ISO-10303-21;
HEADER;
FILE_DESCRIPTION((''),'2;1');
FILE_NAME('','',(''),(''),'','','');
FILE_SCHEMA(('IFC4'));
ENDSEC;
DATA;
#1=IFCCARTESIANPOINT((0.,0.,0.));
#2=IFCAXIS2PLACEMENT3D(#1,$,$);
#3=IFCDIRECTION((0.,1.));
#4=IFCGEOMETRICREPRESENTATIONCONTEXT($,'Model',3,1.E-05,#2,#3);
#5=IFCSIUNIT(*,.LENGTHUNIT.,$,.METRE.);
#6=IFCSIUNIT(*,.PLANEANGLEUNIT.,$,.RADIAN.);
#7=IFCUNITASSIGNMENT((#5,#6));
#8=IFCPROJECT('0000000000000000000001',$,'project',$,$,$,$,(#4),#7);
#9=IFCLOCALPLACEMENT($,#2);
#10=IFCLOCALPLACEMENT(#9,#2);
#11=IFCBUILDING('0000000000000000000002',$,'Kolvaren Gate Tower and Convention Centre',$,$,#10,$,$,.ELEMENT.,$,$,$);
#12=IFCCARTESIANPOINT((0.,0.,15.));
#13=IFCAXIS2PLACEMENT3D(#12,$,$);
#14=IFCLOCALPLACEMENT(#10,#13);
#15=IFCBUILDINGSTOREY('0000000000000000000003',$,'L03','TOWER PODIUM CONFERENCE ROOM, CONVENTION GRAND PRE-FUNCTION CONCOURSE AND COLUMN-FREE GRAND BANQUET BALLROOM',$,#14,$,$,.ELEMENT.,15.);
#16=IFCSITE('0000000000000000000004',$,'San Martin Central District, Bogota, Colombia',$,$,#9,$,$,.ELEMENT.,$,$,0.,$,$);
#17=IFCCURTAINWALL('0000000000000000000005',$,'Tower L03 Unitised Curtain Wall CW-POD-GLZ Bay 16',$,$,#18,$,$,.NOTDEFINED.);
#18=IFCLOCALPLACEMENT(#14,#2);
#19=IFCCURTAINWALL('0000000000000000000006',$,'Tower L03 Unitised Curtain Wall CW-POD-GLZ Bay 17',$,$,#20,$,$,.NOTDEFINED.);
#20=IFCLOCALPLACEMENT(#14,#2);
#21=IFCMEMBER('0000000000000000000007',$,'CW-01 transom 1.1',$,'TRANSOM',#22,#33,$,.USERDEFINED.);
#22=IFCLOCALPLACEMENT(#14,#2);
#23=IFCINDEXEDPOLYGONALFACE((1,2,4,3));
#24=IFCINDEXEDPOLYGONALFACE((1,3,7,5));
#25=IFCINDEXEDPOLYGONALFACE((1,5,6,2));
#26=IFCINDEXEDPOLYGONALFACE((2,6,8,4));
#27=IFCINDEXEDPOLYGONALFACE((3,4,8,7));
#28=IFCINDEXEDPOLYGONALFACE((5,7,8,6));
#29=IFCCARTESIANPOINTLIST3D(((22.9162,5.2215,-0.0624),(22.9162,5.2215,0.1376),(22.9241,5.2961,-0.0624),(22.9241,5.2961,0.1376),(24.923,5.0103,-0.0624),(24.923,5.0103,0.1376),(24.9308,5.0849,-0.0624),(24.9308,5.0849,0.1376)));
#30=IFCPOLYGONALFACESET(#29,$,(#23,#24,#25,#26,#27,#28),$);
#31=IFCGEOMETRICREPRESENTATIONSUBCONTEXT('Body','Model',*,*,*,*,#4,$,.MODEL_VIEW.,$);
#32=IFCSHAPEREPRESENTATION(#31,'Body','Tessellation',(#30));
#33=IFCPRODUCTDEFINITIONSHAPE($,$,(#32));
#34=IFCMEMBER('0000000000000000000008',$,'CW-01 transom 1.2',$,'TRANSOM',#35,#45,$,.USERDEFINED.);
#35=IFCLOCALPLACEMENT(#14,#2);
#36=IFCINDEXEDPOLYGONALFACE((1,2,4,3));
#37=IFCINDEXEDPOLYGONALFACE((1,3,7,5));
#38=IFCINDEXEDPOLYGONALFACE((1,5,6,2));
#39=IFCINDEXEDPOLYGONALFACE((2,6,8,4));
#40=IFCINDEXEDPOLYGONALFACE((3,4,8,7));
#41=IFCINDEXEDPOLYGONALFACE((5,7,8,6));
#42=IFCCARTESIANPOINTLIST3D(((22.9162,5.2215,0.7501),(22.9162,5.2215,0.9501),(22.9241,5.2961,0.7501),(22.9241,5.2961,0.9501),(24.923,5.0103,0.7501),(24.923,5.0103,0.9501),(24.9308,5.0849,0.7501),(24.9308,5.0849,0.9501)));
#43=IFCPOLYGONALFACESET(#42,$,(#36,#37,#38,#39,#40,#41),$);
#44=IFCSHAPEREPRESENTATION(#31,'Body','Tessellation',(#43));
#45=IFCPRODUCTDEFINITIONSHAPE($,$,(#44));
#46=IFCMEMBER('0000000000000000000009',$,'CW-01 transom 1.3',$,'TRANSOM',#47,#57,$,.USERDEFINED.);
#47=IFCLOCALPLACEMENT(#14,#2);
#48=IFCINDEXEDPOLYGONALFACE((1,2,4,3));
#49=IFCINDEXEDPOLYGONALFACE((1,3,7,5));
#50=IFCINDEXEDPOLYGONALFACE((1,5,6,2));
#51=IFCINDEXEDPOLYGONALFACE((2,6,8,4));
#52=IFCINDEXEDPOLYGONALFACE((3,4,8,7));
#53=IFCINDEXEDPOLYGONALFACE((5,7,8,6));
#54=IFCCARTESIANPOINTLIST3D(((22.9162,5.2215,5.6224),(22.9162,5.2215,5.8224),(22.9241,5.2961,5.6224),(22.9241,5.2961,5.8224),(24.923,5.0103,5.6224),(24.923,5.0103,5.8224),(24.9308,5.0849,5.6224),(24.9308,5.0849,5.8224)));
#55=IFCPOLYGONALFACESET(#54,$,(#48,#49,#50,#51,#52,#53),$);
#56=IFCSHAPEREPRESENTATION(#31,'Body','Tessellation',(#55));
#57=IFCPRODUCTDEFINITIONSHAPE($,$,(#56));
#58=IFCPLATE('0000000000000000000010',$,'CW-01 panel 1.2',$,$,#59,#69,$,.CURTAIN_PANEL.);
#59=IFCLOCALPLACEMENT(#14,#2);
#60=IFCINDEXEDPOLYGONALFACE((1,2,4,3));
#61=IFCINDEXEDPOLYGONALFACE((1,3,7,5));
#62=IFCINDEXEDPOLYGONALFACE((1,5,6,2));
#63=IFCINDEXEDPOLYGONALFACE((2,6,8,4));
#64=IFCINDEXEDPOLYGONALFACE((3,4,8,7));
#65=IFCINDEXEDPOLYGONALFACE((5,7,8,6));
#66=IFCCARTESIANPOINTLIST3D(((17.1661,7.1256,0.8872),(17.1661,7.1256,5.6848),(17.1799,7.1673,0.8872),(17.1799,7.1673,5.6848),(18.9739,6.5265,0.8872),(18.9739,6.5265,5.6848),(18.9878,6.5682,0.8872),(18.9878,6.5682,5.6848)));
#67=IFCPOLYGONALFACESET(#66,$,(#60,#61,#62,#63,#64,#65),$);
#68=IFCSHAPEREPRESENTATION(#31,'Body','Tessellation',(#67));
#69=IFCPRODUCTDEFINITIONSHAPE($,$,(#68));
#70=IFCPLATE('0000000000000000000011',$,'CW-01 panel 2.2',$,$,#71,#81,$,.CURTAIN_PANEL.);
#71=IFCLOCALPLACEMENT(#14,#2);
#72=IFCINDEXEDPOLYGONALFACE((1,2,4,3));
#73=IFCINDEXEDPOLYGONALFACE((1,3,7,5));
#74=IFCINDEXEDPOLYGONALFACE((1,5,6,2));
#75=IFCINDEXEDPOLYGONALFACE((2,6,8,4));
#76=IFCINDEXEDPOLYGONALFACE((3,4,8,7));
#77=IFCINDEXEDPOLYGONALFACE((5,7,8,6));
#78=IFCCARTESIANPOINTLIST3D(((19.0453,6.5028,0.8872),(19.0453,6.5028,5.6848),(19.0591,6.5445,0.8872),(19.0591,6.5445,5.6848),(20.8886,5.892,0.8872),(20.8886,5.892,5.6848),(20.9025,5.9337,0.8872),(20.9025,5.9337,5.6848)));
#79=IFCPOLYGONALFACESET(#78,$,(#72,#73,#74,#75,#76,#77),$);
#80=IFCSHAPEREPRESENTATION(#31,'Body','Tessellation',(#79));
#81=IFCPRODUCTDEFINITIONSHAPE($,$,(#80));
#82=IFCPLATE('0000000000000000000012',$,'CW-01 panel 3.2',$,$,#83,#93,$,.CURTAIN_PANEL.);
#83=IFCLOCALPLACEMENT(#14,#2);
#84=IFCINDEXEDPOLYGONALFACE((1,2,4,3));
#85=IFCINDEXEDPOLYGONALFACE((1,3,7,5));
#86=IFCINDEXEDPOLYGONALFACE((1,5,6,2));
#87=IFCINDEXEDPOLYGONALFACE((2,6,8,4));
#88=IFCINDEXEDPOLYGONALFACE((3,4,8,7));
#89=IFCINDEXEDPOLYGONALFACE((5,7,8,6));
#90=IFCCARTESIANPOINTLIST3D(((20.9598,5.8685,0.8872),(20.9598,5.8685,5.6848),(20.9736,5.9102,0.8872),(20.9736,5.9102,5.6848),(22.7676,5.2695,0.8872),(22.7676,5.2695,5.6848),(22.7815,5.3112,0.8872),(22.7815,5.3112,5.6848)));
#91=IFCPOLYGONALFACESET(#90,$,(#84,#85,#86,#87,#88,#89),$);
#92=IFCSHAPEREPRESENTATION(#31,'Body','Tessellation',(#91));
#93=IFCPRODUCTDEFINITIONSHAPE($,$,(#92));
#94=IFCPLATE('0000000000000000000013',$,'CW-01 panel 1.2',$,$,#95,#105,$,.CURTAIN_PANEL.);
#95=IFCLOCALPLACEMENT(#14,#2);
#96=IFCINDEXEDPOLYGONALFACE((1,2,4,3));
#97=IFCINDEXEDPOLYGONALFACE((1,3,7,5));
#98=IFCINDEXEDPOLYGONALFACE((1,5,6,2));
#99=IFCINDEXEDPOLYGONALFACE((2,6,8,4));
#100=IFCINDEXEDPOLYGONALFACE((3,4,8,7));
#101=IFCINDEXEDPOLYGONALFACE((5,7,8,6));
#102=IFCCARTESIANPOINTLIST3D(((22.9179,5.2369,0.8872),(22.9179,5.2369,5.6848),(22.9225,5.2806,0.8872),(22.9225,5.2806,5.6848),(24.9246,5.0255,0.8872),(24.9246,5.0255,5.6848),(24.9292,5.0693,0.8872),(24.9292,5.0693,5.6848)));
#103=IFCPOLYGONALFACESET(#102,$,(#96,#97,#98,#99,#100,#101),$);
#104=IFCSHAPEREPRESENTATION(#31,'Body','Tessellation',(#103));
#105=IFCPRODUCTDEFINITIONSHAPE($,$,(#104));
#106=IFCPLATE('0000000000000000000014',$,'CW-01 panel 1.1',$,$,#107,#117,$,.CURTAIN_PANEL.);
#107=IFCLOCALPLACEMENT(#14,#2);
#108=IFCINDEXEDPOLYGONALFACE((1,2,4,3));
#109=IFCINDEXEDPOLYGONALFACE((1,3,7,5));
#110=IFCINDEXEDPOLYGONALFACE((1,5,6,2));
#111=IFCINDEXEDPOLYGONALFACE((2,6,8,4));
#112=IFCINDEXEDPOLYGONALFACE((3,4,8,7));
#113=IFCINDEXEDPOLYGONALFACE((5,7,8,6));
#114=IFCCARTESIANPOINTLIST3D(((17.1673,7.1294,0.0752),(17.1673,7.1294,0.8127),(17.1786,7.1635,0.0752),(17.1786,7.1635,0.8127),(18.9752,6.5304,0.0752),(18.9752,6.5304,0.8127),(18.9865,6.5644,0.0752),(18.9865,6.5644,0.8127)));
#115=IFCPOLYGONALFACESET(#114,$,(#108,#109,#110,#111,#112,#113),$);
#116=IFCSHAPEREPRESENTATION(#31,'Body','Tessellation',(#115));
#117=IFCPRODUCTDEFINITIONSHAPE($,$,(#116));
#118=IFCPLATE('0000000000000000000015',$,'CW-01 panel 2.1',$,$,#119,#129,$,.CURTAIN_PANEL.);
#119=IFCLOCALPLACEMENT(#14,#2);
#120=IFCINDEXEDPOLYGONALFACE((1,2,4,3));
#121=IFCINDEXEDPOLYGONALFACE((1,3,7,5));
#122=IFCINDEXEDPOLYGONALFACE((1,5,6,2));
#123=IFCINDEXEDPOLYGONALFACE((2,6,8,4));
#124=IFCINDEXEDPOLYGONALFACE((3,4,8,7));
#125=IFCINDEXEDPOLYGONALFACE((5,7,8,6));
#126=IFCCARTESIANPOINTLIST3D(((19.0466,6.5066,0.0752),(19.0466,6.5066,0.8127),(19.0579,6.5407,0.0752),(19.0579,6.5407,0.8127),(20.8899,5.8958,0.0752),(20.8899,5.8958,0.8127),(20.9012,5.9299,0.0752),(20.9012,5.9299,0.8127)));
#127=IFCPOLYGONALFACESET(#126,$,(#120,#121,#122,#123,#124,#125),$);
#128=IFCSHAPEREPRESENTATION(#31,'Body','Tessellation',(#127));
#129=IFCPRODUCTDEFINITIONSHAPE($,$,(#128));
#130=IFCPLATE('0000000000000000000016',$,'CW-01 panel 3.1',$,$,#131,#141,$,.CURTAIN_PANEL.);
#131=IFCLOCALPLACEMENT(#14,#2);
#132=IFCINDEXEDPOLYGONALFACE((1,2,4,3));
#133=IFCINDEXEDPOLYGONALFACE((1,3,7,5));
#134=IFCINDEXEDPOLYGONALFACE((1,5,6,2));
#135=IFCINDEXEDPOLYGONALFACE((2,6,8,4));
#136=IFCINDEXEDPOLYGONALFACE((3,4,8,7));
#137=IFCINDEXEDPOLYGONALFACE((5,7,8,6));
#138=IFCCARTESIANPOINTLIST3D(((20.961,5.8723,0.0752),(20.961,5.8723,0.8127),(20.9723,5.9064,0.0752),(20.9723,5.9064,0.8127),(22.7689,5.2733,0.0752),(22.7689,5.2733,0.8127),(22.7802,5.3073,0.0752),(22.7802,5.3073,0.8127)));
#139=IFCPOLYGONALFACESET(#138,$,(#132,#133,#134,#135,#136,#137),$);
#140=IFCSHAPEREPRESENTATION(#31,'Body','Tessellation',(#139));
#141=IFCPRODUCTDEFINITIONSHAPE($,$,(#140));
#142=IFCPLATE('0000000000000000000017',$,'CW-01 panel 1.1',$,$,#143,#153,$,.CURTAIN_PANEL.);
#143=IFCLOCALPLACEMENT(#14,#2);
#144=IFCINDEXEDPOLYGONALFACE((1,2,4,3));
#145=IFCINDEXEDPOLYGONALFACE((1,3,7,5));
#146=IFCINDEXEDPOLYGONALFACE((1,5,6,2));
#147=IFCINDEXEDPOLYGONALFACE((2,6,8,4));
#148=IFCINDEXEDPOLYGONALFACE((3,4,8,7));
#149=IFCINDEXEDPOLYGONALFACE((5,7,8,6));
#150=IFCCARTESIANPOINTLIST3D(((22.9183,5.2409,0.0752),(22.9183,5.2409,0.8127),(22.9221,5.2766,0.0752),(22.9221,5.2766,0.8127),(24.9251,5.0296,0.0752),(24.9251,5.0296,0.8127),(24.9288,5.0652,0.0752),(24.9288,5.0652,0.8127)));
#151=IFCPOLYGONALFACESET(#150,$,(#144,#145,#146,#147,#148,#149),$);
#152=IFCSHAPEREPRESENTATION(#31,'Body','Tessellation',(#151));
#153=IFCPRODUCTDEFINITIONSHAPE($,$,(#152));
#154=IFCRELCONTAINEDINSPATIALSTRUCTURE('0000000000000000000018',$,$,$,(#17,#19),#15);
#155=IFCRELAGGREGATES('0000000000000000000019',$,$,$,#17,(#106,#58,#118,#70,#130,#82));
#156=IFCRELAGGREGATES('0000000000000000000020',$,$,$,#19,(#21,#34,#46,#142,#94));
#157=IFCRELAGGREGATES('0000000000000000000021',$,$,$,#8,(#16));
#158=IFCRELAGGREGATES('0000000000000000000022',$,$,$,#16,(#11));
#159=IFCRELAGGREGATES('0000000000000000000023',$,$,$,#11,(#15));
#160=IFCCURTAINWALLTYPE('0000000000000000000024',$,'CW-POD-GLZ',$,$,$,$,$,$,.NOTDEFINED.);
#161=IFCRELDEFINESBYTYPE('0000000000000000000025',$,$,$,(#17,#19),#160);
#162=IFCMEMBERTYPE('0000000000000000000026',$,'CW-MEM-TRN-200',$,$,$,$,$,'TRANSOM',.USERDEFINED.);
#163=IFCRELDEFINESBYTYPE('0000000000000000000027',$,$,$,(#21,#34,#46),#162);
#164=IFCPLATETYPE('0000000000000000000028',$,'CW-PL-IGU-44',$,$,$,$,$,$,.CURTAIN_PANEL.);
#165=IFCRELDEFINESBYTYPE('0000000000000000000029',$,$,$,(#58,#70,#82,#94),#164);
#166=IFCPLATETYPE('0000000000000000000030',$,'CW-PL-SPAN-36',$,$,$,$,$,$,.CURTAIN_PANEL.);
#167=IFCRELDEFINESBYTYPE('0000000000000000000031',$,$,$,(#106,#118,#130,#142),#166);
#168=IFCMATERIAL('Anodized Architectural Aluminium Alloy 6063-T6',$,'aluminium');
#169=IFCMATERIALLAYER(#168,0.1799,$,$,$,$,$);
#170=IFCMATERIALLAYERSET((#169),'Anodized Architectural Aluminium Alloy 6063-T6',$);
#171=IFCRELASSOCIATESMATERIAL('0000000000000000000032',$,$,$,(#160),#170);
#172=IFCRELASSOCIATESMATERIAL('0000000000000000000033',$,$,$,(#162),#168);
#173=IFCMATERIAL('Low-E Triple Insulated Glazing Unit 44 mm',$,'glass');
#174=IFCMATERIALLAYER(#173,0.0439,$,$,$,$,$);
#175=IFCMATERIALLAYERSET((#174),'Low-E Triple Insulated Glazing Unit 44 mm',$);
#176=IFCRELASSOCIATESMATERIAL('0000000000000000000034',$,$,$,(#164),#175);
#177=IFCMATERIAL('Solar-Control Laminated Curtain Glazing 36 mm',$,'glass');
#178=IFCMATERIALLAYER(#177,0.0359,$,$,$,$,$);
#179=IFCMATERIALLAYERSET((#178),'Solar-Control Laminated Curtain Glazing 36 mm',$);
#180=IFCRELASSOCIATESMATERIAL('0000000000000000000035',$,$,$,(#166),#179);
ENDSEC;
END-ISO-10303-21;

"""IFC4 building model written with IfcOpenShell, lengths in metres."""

from ifc_helpers import new_model, si_unit, direction, frame, origin, origin_2d, place, context, subcontext, project, spatial, rectangle, extrude, material, layer, layer_set, material_profile, profile_set, type_object, element, aggregate, save


model = new_model("IFC4")

# Units and contexts
model_context = context("Model", 3, precision=1e-05, world=origin(), true_north=direction((0.0, 1.0)))
body_context = subcontext(model_context, "Body", "Model", "MODEL_VIEW")
ifc_project = project(units=[si_unit("LENGTHUNIT", "METRE"), si_unit("PLANEANGLEUNIT", "RADIAN")], contexts=[model_context])

# Site, building, storey
site_placement = place(None, origin())
site = spatial("IfcSite", under=ifc_project, at=site_placement, Name="San Martin Central District, Bogota, Colombia", CompositionType="ELEMENT", RefElevation=0.0)
building_placement = place(site_placement, origin())
building = spatial("IfcBuilding", under=site, at=building_placement, Name="Kolvaren Gate Tower and Convention Centre", CompositionType="ELEMENT")
storey_placement = place(building_placement, frame((0.0, 0.0, 15.0)))
storey = spatial("IfcBuildingStorey", under=building, at=storey_placement, Name="L03", Description="TOWER PODIUM CONFERENCE ROOM, CONVENTION GRAND PRE-FUNCTION CONCOURSE AND COLUMN-FREE GRAND BANQUET BALLROOM", CompositionType="ELEMENT", Elevation=15.0)

# Curtain wall
ifc_material_1 = material(Name="Anodized Architectural Aluminium Alloy 6063-T6", Category="aluminium")
ifc_layer_1 = layer(ifc_material_1, 0.1799)
ifc_layer_set_1 = layer_set([ifc_layer_1], Name="Anodized Architectural Aluminium Alloy 6063-T6")
curtain_wall_type = type_object("IfcCurtainWallType", Name="CW-POD-GLZ", PredefinedType="NOTDEFINED", material=ifc_layer_set_1)
curtain_wall_1_placement = place(storey_placement, origin())
curtain_wall_1 = element("IfcCurtainWall", 1, at=curtain_wall_1_placement, inside=storey, type_object=curtain_wall_type, Name="Tower L03 Unitised Curtain Wall CW-POD-GLZ Bay 16", PredefinedType="NOTDEFINED")

# Curtain wall
curtain_wall_2_placement = place(storey_placement, origin())
curtain_wall_2 = element("IfcCurtainWall", 2, at=curtain_wall_2_placement, inside=storey, type_object=curtain_wall_type, Name="Tower L03 Unitised Curtain Wall CW-POD-GLZ Bay 17", PredefinedType="NOTDEFINED")

# Members
ifc_material_profile_1 = material_profile(ifc_material_1, rectangle(XDim=0.075, YDim=0.2, at=origin_2d()), Name="CW-MEM-TRN-200")
ifc_profile_set_1 = profile_set([ifc_material_profile_1], Name="Anodized Architectural Aluminium Alloy 6063-T6")
member_type_1 = type_object("IfcMemberType", Name="CW-MEM-TRN-200", ElementType="TRANSOM", PredefinedType="USERDEFINED", material=ifc_profile_set_1)
member_1_placement = place(storey_placement, frame((22.9202, 5.2588, 0.0376), z_axis=(0.994509, -0.104653, 0.0), x_axis=(0.104653, 0.994509, 0.0)))
member_1 = element("IfcMember", 3, at=member_1_placement, type_object=member_type_1, Name="CW-01 transom 1.1", ObjectType="TRANSOM", PredefinedType="USERDEFINED", context=body_context, shape_type="SweptSolid", body=[
    extrude(rectangle(XDim=0.075, YDim=0.2, at=origin_2d()), origin(), (0.0, 0.0, 1.0), 2.0178),
])
member_2_placement = place(storey_placement, frame((22.9202, 5.2588, 0.8501), z_axis=(0.994509, -0.104653, 0.0), x_axis=(0.104653, 0.994509, 0.0)))
member_2 = element("IfcMember", 4, at=member_2_placement, type_object=member_type_1, Name="CW-01 transom 1.2", ObjectType="TRANSOM", PredefinedType="USERDEFINED", context=body_context, shape_type="SweptSolid", body=[
    extrude(rectangle(XDim=0.075, YDim=0.2, at=origin_2d()), origin(), (0.0, 0.0, 1.0), 2.0178),
])
member_3_placement = place(storey_placement, frame((22.9202, 5.2588, 5.7224), z_axis=(0.994509, -0.104653, 0.0), x_axis=(0.104653, 0.994509, 0.0)))
member_3 = element("IfcMember", 5, at=member_3_placement, type_object=member_type_1, Name="CW-01 transom 1.3", ObjectType="TRANSOM", PredefinedType="USERDEFINED", context=body_context, shape_type="SweptSolid", body=[
    extrude(rectangle(XDim=0.075, YDim=0.2, at=origin_2d()), origin(), (0.0, 0.0, 1.0), 2.0178),
])

# Plates
ifc_material_2 = material(Name="Low-E Triple Insulated Glazing Unit 44 mm", Category="glass")
ifc_layer_2 = layer(ifc_material_2, 0.0439)
ifc_layer_set_2 = layer_set([ifc_layer_2], Name="Low-E Triple Insulated Glazing Unit 44 mm")
plate_type_1 = type_object("IfcPlateType", Name="CW-PL-IGU-44", PredefinedType="CURTAIN_PANEL", material=ifc_layer_set_2)
plate_1_placement = place(storey_placement, frame((18.0769, 6.8469, 0.8872), z_axis=(0.0, 0.0, 1.0), x_axis=(0.949242, -0.314547, 0.0)))
plate_1 = element("IfcPlate", 6, at=plate_1_placement, type_object=plate_type_1, Name="CW-01 panel 1.2", PredefinedType="CURTAIN_PANEL", context=body_context, shape_type="SweptSolid", body=[
    extrude(rectangle(XDim=1.9045, YDim=0.0439, at=origin_2d()), origin(), (0.0, 0.0, 1.0), 4.7976),
])
plate_2_placement = place(storey_placement, frame((19.9739, 6.2183, 0.8872), z_axis=(0.0, 0.0, 1.0), x_axis=(0.949242, -0.314547, 0.0)))
plate_2 = element("IfcPlate", 7, at=plate_2_placement, type_object=plate_type_1, Name="CW-01 panel 2.2", PredefinedType="CURTAIN_PANEL", context=body_context, shape_type="SweptSolid", body=[
    extrude(rectangle(XDim=1.9419, YDim=0.0439, at=origin_2d()), origin(), (0.0, 0.0, 1.0), 4.7976),
])
plate_3_placement = place(storey_placement, frame((21.8706, 5.5898, 0.8872), z_axis=(0.0, 0.0, 1.0), x_axis=(0.949242, -0.314547, 0.0)))
plate_3 = element("IfcPlate", 8, at=plate_3_placement, type_object=plate_type_1, Name="CW-01 panel 3.2", PredefinedType="CURTAIN_PANEL", context=body_context, shape_type="SweptSolid", body=[
    extrude(rectangle(XDim=1.9045, YDim=0.0439, at=origin_2d()), origin(), (0.0, 0.0, 1.0), 4.7976),
])
plate_4_placement = place(storey_placement, frame((23.9236, 5.1531, 0.8872), z_axis=(0.0, 0.0, 1.0), x_axis=(0.994499, -0.104742, 0.0)))
plate_4 = element("IfcPlate", 9, at=plate_4_placement, type_object=plate_type_1, Name="CW-01 panel 1.2", PredefinedType="CURTAIN_PANEL", context=body_context, shape_type="SweptSolid", body=[
    extrude(rectangle(XDim=2.0178, YDim=0.0439, at=origin_2d()), origin(), (0.0, 0.0, 1.0), 4.7976),
])
ifc_material_3 = material(Name="Solar-Control Laminated Curtain Glazing 36 mm", Category="glass")
ifc_layer_3 = layer(ifc_material_3, 0.0359)
ifc_layer_set_3 = layer_set([ifc_layer_3], Name="Solar-Control Laminated Curtain Glazing 36 mm")
plate_type_2 = type_object("IfcPlateType", Name="CW-PL-SPAN-36", PredefinedType="CURTAIN_PANEL", material=ifc_layer_set_3)
plate_5_placement = place(storey_placement, frame((18.0769, 6.8469, 0.0752), z_axis=(0.0, 0.0, 1.0), x_axis=(0.949242, -0.314547, 0.0)))
plate_5 = element("IfcPlate", 10, at=plate_5_placement, type_object=plate_type_2, Name="CW-01 panel 1.1", PredefinedType="CURTAIN_PANEL", context=body_context, shape_type="SweptSolid", body=[
    extrude(rectangle(XDim=1.9045, YDim=0.0359, at=origin_2d()), origin(), (0.0, 0.0, 1.0), 0.7375),
])
plate_6_placement = place(storey_placement, frame((19.9739, 6.2183, 0.0752), z_axis=(0.0, 0.0, 1.0), x_axis=(0.949242, -0.314547, 0.0)))
plate_6 = element("IfcPlate", 11, at=plate_6_placement, type_object=plate_type_2, Name="CW-01 panel 2.1", PredefinedType="CURTAIN_PANEL", context=body_context, shape_type="SweptSolid", body=[
    extrude(rectangle(XDim=1.9419, YDim=0.0359, at=origin_2d()), origin(), (0.0, 0.0, 1.0), 0.7375),
])
plate_7_placement = place(storey_placement, frame((21.8706, 5.5898, 0.0752), z_axis=(0.0, 0.0, 1.0), x_axis=(0.949242, -0.314547, 0.0)))
plate_7 = element("IfcPlate", 12, at=plate_7_placement, type_object=plate_type_2, Name="CW-01 panel 3.1", PredefinedType="CURTAIN_PANEL", context=body_context, shape_type="SweptSolid", body=[
    extrude(rectangle(XDim=1.9045, YDim=0.0359, at=origin_2d()), origin(), (0.0, 0.0, 1.0), 0.7375),
])
aggregate(curtain_wall_1, [plate_5, plate_1, plate_6, plate_2, plate_7, plate_3])
plate_8_placement = place(storey_placement, frame((23.9236, 5.1531, 0.0752), z_axis=(0.0, 0.0, 1.0), x_axis=(0.994499, -0.104742, 0.0)))
plate_8 = element("IfcPlate", 13, at=plate_8_placement, type_object=plate_type_2, Name="CW-01 panel 1.1", PredefinedType="CURTAIN_PANEL", context=body_context, shape_type="SweptSolid", body=[
    extrude(rectangle(XDim=2.0178, YDim=0.0359, at=origin_2d()), origin(), (0.0, 0.0, 1.0), 0.7375),
])
aggregate(curtain_wall_2, [member_1, member_2, member_3, plate_8, plate_4])

save(model, "model.ifc")
